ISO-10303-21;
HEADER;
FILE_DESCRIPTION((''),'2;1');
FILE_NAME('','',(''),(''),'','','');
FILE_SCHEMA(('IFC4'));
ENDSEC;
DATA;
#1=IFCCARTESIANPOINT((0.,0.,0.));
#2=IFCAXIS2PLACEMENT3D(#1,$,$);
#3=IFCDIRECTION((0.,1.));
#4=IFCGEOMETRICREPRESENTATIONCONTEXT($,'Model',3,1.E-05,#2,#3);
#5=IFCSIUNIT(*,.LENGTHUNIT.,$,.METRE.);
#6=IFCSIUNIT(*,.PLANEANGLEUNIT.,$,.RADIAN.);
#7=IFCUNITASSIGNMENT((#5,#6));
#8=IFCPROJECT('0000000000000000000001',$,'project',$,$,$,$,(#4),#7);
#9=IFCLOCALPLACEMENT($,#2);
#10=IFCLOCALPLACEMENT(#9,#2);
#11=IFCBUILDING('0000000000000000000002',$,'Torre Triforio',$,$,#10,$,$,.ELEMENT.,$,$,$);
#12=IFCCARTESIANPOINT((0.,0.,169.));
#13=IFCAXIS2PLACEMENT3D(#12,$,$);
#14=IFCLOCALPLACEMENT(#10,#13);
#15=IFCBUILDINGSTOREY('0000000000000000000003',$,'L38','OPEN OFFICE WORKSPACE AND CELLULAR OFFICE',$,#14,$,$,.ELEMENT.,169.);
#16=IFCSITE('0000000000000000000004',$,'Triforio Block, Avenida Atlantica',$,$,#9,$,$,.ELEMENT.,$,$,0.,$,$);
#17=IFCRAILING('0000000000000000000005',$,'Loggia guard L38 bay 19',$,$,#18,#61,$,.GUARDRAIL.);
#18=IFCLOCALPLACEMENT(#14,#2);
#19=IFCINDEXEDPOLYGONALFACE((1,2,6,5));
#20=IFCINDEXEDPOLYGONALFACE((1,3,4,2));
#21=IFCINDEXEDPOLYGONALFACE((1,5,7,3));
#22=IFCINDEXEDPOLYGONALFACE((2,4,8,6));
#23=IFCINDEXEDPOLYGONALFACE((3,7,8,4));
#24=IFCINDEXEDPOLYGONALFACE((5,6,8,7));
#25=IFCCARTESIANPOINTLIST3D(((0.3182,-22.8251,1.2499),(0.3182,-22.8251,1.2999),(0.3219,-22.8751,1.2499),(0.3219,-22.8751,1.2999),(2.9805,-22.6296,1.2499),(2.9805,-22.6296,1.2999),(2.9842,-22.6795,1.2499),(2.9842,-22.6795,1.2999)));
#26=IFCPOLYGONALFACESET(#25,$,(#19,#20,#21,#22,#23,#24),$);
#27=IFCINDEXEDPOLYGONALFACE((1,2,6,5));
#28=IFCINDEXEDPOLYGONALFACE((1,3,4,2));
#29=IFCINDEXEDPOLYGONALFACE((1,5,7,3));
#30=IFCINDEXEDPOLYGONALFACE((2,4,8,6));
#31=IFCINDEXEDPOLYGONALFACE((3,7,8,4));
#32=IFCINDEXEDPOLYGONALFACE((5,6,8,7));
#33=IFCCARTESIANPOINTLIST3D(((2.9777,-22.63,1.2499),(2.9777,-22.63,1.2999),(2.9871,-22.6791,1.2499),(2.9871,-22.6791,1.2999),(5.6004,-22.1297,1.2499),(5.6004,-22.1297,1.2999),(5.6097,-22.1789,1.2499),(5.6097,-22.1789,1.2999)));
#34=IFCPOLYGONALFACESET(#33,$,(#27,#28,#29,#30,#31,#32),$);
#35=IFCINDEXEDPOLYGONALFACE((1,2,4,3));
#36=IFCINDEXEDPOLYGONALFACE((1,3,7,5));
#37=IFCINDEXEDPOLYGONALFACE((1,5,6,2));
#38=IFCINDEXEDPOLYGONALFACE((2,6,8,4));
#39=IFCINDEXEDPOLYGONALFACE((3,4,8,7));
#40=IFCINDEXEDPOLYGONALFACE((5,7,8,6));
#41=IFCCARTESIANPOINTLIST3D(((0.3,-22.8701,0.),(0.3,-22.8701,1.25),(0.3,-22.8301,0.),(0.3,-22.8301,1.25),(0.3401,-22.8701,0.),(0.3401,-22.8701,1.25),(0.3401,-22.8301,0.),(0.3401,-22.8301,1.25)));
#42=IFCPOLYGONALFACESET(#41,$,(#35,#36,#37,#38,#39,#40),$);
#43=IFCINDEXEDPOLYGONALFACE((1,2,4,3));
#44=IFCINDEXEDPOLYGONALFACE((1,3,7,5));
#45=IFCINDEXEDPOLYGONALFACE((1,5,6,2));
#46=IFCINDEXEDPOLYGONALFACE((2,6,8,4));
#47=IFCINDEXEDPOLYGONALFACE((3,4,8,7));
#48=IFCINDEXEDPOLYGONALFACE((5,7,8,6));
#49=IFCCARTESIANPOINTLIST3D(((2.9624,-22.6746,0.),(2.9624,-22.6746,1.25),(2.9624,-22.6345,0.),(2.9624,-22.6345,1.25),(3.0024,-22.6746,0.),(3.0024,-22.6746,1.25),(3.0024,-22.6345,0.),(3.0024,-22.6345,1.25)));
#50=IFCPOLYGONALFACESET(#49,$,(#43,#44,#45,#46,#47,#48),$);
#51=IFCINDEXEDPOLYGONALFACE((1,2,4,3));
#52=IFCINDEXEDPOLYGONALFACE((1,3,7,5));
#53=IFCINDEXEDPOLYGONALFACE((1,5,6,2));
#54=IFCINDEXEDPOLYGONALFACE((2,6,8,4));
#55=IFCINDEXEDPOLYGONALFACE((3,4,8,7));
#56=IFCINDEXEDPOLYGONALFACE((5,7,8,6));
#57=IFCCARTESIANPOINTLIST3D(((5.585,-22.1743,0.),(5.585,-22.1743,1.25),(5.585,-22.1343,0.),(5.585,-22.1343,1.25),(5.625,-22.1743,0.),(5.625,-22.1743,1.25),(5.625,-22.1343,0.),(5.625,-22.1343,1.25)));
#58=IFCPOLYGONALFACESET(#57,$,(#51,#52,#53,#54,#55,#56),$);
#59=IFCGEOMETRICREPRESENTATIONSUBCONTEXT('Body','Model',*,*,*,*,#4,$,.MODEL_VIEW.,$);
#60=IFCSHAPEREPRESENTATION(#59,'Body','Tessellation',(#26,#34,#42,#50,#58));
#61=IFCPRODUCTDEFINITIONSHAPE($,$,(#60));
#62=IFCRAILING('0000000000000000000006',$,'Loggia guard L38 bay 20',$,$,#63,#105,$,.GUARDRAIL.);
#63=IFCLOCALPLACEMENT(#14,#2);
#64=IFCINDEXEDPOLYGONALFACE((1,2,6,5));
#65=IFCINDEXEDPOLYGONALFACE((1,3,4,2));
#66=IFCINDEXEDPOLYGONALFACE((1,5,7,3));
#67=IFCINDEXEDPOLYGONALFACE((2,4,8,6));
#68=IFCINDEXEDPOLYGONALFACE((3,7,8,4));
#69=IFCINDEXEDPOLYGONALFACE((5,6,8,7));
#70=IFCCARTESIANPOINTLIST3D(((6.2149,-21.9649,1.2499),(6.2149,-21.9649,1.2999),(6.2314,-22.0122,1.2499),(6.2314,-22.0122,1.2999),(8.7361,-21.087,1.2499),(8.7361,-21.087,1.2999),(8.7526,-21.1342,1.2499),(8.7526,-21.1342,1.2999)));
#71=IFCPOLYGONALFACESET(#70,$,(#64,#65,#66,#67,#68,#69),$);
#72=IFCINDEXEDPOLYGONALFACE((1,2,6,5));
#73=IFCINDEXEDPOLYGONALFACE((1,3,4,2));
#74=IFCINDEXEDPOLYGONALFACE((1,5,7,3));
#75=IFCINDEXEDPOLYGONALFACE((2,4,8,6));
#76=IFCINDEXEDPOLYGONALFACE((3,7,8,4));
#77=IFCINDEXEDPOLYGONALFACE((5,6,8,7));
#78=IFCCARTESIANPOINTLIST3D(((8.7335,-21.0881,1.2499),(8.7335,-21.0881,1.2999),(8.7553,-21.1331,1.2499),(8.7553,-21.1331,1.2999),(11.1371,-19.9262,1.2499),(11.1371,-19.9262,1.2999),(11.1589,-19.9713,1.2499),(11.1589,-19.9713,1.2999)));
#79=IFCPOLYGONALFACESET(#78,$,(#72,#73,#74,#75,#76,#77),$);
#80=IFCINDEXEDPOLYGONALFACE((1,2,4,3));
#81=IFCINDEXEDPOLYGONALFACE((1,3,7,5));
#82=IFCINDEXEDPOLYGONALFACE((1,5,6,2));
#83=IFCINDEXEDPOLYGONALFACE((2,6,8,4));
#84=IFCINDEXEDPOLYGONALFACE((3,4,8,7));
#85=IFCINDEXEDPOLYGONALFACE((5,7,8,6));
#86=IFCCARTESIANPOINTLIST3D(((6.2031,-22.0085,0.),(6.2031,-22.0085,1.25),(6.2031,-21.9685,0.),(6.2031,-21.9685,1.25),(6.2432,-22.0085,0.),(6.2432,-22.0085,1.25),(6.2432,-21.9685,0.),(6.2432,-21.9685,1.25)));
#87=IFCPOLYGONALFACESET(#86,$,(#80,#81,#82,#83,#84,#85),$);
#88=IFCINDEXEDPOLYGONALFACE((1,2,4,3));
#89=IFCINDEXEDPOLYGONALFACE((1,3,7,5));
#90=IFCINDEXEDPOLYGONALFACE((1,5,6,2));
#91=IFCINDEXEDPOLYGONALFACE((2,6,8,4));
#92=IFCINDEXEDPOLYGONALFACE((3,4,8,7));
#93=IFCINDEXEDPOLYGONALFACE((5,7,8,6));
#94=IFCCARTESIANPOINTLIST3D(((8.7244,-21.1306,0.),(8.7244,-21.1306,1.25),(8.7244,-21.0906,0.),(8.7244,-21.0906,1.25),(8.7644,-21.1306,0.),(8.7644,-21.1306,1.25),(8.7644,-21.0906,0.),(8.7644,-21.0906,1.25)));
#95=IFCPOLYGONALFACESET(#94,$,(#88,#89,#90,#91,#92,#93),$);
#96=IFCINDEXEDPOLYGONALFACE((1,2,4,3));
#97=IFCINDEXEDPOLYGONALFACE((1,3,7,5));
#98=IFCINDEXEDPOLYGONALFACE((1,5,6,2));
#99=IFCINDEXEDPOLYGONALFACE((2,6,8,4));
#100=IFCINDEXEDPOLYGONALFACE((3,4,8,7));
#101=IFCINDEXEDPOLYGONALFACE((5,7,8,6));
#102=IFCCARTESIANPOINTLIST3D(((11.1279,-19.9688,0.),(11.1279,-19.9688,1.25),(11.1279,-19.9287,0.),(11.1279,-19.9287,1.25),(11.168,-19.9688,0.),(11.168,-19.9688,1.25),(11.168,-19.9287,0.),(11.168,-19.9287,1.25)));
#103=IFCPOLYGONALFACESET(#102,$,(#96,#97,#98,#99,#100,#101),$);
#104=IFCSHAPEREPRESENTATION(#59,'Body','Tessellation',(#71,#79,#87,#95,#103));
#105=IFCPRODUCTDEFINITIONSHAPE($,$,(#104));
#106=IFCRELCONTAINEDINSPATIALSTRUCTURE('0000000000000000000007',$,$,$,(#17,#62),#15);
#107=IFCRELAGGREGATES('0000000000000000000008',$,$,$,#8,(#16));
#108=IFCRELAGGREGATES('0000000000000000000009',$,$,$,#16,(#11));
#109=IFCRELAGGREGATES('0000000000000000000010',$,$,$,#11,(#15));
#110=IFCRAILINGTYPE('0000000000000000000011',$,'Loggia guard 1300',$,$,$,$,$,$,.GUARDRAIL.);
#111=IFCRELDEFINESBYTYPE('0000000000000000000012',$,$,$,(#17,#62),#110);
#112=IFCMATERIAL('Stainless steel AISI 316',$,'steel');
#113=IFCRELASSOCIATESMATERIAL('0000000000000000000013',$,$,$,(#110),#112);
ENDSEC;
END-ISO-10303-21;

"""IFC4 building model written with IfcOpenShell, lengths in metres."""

from ifc_helpers import new_model, si_unit, direction, frame, origin, origin_2d, place, context, subcontext, project, spatial, rectangle, extrude, material, type_object, element, save


model = new_model("IFC4")

# Units and contexts
model_context = context("Model", 3, precision=1e-05, world=origin(), true_north=direction((0.0, 1.0)))
body_context = subcontext(model_context, "Body", "Model", "MODEL_VIEW")
ifc_project = project(units=[si_unit("LENGTHUNIT", "METRE"), si_unit("PLANEANGLEUNIT", "RADIAN")], contexts=[model_context])

# Site, building, storey
site_placement = place(None, origin())
site = spatial("IfcSite", under=ifc_project, at=site_placement, Name="Triforio Block, Avenida Atlantica", CompositionType="ELEMENT", RefElevation=0.0)
building_placement = place(site_placement, origin())
building = spatial("IfcBuilding", under=site, at=building_placement, Name="Torre Triforio", CompositionType="ELEMENT")
storey_placement = place(building_placement, frame((0.0, 0.0, 169.0)))
storey = spatial("IfcBuildingStorey", under=building, at=storey_placement, Name="L38", Description="OPEN OFFICE WORKSPACE AND CELLULAR OFFICE", CompositionType="ELEMENT", Elevation=169.0)

# Railings
ifc_material_1 = material(Name="Stainless steel AISI 316", Category="steel")
railing_type = type_object("IfcRailingType", Name="Loggia guard 1300", PredefinedType="GUARDRAIL", material=ifc_material_1)
railing_1_placement = place(storey_placement, frame((0.3201, -22.8501, 0.0)))
element("IfcRailing", 1, at=railing_1_placement, inside=storey, type_object=railing_type, Name="Loggia guard L38 bay 19", PredefinedType="GUARDRAIL", context=body_context, shape_type="SweptSolid", body=[
    extrude(rectangle(XDim=0.05, YDim=0.05, at=origin_2d()), frame((0.0, 0.0, 1.2749), z_axis=(0.997313, 0.073255, 0.0), x_axis=(-0.073255, 0.997313, 0.0)), (0.0, 0.0, 1.0), 2.6694),
    extrude(rectangle(XDim=0.05, YDim=0.05, at=origin_2d()), frame((2.6624, 0.1956, 1.2749), z_axis=(0.98229, 0.187368, 0.0), x_axis=(-0.187368, 0.98229, 0.0)), (0.0, 0.0, 1.0), 2.6699),
    extrude(rectangle(XDim=0.04, YDim=0.04, at=origin_2d()), origin(), (0.0, 0.0, 1.0), 1.25),
    extrude(rectangle(XDim=0.04, YDim=0.04, at=origin_2d()), frame((2.6624, 0.1956, 0.0)), (0.0, 0.0, 1.0), 1.25),
    extrude(rectangle(XDim=0.04, YDim=0.04, at=origin_2d()), frame((5.2849, 0.6958, 0.0)), (0.0, 0.0, 1.0), 1.25),
])
railing_2_placement = place(storey_placement, frame((6.2231, -21.9885, 0.0)))
element("IfcRailing", 2, at=railing_2_placement, inside=storey, type_object=railing_type, Name="Loggia guard L38 bay 20", PredefinedType="GUARDRAIL", context=body_context, shape_type="SweptSolid", body=[
    extrude(rectangle(XDim=0.05, YDim=0.05, at=origin_2d()), frame((0.0, 0.0, 1.2749), z_axis=(0.944383, 0.328847, 0.0), x_axis=(-0.328847, 0.944383, 0.0)), (0.0, 0.0, 1.0), 2.6697),
    extrude(rectangle(XDim=0.05, YDim=0.05, at=origin_2d()), frame((2.5212, 0.8779, 1.2749), z_axis=(0.900328, 0.435212, 0.0), x_axis=(-0.435212, 0.900328, 0.0)), (0.0, 0.0, 1.0), 2.6697),
    extrude(rectangle(XDim=0.04, YDim=0.04, at=origin_2d()), origin(), (0.0, 0.0, 1.0), 1.25),
    extrude(rectangle(XDim=0.04, YDim=0.04, at=origin_2d()), frame((2.5212, 0.8779, 0.0)), (0.0, 0.0, 1.0), 1.25),
    extrude(rectangle(XDim=0.04, YDim=0.04, at=origin_2d()), frame((4.9248, 2.0398, 0.0)), (0.0, 0.0, 1.0), 1.25),
])

save(model, "model.ifc")
